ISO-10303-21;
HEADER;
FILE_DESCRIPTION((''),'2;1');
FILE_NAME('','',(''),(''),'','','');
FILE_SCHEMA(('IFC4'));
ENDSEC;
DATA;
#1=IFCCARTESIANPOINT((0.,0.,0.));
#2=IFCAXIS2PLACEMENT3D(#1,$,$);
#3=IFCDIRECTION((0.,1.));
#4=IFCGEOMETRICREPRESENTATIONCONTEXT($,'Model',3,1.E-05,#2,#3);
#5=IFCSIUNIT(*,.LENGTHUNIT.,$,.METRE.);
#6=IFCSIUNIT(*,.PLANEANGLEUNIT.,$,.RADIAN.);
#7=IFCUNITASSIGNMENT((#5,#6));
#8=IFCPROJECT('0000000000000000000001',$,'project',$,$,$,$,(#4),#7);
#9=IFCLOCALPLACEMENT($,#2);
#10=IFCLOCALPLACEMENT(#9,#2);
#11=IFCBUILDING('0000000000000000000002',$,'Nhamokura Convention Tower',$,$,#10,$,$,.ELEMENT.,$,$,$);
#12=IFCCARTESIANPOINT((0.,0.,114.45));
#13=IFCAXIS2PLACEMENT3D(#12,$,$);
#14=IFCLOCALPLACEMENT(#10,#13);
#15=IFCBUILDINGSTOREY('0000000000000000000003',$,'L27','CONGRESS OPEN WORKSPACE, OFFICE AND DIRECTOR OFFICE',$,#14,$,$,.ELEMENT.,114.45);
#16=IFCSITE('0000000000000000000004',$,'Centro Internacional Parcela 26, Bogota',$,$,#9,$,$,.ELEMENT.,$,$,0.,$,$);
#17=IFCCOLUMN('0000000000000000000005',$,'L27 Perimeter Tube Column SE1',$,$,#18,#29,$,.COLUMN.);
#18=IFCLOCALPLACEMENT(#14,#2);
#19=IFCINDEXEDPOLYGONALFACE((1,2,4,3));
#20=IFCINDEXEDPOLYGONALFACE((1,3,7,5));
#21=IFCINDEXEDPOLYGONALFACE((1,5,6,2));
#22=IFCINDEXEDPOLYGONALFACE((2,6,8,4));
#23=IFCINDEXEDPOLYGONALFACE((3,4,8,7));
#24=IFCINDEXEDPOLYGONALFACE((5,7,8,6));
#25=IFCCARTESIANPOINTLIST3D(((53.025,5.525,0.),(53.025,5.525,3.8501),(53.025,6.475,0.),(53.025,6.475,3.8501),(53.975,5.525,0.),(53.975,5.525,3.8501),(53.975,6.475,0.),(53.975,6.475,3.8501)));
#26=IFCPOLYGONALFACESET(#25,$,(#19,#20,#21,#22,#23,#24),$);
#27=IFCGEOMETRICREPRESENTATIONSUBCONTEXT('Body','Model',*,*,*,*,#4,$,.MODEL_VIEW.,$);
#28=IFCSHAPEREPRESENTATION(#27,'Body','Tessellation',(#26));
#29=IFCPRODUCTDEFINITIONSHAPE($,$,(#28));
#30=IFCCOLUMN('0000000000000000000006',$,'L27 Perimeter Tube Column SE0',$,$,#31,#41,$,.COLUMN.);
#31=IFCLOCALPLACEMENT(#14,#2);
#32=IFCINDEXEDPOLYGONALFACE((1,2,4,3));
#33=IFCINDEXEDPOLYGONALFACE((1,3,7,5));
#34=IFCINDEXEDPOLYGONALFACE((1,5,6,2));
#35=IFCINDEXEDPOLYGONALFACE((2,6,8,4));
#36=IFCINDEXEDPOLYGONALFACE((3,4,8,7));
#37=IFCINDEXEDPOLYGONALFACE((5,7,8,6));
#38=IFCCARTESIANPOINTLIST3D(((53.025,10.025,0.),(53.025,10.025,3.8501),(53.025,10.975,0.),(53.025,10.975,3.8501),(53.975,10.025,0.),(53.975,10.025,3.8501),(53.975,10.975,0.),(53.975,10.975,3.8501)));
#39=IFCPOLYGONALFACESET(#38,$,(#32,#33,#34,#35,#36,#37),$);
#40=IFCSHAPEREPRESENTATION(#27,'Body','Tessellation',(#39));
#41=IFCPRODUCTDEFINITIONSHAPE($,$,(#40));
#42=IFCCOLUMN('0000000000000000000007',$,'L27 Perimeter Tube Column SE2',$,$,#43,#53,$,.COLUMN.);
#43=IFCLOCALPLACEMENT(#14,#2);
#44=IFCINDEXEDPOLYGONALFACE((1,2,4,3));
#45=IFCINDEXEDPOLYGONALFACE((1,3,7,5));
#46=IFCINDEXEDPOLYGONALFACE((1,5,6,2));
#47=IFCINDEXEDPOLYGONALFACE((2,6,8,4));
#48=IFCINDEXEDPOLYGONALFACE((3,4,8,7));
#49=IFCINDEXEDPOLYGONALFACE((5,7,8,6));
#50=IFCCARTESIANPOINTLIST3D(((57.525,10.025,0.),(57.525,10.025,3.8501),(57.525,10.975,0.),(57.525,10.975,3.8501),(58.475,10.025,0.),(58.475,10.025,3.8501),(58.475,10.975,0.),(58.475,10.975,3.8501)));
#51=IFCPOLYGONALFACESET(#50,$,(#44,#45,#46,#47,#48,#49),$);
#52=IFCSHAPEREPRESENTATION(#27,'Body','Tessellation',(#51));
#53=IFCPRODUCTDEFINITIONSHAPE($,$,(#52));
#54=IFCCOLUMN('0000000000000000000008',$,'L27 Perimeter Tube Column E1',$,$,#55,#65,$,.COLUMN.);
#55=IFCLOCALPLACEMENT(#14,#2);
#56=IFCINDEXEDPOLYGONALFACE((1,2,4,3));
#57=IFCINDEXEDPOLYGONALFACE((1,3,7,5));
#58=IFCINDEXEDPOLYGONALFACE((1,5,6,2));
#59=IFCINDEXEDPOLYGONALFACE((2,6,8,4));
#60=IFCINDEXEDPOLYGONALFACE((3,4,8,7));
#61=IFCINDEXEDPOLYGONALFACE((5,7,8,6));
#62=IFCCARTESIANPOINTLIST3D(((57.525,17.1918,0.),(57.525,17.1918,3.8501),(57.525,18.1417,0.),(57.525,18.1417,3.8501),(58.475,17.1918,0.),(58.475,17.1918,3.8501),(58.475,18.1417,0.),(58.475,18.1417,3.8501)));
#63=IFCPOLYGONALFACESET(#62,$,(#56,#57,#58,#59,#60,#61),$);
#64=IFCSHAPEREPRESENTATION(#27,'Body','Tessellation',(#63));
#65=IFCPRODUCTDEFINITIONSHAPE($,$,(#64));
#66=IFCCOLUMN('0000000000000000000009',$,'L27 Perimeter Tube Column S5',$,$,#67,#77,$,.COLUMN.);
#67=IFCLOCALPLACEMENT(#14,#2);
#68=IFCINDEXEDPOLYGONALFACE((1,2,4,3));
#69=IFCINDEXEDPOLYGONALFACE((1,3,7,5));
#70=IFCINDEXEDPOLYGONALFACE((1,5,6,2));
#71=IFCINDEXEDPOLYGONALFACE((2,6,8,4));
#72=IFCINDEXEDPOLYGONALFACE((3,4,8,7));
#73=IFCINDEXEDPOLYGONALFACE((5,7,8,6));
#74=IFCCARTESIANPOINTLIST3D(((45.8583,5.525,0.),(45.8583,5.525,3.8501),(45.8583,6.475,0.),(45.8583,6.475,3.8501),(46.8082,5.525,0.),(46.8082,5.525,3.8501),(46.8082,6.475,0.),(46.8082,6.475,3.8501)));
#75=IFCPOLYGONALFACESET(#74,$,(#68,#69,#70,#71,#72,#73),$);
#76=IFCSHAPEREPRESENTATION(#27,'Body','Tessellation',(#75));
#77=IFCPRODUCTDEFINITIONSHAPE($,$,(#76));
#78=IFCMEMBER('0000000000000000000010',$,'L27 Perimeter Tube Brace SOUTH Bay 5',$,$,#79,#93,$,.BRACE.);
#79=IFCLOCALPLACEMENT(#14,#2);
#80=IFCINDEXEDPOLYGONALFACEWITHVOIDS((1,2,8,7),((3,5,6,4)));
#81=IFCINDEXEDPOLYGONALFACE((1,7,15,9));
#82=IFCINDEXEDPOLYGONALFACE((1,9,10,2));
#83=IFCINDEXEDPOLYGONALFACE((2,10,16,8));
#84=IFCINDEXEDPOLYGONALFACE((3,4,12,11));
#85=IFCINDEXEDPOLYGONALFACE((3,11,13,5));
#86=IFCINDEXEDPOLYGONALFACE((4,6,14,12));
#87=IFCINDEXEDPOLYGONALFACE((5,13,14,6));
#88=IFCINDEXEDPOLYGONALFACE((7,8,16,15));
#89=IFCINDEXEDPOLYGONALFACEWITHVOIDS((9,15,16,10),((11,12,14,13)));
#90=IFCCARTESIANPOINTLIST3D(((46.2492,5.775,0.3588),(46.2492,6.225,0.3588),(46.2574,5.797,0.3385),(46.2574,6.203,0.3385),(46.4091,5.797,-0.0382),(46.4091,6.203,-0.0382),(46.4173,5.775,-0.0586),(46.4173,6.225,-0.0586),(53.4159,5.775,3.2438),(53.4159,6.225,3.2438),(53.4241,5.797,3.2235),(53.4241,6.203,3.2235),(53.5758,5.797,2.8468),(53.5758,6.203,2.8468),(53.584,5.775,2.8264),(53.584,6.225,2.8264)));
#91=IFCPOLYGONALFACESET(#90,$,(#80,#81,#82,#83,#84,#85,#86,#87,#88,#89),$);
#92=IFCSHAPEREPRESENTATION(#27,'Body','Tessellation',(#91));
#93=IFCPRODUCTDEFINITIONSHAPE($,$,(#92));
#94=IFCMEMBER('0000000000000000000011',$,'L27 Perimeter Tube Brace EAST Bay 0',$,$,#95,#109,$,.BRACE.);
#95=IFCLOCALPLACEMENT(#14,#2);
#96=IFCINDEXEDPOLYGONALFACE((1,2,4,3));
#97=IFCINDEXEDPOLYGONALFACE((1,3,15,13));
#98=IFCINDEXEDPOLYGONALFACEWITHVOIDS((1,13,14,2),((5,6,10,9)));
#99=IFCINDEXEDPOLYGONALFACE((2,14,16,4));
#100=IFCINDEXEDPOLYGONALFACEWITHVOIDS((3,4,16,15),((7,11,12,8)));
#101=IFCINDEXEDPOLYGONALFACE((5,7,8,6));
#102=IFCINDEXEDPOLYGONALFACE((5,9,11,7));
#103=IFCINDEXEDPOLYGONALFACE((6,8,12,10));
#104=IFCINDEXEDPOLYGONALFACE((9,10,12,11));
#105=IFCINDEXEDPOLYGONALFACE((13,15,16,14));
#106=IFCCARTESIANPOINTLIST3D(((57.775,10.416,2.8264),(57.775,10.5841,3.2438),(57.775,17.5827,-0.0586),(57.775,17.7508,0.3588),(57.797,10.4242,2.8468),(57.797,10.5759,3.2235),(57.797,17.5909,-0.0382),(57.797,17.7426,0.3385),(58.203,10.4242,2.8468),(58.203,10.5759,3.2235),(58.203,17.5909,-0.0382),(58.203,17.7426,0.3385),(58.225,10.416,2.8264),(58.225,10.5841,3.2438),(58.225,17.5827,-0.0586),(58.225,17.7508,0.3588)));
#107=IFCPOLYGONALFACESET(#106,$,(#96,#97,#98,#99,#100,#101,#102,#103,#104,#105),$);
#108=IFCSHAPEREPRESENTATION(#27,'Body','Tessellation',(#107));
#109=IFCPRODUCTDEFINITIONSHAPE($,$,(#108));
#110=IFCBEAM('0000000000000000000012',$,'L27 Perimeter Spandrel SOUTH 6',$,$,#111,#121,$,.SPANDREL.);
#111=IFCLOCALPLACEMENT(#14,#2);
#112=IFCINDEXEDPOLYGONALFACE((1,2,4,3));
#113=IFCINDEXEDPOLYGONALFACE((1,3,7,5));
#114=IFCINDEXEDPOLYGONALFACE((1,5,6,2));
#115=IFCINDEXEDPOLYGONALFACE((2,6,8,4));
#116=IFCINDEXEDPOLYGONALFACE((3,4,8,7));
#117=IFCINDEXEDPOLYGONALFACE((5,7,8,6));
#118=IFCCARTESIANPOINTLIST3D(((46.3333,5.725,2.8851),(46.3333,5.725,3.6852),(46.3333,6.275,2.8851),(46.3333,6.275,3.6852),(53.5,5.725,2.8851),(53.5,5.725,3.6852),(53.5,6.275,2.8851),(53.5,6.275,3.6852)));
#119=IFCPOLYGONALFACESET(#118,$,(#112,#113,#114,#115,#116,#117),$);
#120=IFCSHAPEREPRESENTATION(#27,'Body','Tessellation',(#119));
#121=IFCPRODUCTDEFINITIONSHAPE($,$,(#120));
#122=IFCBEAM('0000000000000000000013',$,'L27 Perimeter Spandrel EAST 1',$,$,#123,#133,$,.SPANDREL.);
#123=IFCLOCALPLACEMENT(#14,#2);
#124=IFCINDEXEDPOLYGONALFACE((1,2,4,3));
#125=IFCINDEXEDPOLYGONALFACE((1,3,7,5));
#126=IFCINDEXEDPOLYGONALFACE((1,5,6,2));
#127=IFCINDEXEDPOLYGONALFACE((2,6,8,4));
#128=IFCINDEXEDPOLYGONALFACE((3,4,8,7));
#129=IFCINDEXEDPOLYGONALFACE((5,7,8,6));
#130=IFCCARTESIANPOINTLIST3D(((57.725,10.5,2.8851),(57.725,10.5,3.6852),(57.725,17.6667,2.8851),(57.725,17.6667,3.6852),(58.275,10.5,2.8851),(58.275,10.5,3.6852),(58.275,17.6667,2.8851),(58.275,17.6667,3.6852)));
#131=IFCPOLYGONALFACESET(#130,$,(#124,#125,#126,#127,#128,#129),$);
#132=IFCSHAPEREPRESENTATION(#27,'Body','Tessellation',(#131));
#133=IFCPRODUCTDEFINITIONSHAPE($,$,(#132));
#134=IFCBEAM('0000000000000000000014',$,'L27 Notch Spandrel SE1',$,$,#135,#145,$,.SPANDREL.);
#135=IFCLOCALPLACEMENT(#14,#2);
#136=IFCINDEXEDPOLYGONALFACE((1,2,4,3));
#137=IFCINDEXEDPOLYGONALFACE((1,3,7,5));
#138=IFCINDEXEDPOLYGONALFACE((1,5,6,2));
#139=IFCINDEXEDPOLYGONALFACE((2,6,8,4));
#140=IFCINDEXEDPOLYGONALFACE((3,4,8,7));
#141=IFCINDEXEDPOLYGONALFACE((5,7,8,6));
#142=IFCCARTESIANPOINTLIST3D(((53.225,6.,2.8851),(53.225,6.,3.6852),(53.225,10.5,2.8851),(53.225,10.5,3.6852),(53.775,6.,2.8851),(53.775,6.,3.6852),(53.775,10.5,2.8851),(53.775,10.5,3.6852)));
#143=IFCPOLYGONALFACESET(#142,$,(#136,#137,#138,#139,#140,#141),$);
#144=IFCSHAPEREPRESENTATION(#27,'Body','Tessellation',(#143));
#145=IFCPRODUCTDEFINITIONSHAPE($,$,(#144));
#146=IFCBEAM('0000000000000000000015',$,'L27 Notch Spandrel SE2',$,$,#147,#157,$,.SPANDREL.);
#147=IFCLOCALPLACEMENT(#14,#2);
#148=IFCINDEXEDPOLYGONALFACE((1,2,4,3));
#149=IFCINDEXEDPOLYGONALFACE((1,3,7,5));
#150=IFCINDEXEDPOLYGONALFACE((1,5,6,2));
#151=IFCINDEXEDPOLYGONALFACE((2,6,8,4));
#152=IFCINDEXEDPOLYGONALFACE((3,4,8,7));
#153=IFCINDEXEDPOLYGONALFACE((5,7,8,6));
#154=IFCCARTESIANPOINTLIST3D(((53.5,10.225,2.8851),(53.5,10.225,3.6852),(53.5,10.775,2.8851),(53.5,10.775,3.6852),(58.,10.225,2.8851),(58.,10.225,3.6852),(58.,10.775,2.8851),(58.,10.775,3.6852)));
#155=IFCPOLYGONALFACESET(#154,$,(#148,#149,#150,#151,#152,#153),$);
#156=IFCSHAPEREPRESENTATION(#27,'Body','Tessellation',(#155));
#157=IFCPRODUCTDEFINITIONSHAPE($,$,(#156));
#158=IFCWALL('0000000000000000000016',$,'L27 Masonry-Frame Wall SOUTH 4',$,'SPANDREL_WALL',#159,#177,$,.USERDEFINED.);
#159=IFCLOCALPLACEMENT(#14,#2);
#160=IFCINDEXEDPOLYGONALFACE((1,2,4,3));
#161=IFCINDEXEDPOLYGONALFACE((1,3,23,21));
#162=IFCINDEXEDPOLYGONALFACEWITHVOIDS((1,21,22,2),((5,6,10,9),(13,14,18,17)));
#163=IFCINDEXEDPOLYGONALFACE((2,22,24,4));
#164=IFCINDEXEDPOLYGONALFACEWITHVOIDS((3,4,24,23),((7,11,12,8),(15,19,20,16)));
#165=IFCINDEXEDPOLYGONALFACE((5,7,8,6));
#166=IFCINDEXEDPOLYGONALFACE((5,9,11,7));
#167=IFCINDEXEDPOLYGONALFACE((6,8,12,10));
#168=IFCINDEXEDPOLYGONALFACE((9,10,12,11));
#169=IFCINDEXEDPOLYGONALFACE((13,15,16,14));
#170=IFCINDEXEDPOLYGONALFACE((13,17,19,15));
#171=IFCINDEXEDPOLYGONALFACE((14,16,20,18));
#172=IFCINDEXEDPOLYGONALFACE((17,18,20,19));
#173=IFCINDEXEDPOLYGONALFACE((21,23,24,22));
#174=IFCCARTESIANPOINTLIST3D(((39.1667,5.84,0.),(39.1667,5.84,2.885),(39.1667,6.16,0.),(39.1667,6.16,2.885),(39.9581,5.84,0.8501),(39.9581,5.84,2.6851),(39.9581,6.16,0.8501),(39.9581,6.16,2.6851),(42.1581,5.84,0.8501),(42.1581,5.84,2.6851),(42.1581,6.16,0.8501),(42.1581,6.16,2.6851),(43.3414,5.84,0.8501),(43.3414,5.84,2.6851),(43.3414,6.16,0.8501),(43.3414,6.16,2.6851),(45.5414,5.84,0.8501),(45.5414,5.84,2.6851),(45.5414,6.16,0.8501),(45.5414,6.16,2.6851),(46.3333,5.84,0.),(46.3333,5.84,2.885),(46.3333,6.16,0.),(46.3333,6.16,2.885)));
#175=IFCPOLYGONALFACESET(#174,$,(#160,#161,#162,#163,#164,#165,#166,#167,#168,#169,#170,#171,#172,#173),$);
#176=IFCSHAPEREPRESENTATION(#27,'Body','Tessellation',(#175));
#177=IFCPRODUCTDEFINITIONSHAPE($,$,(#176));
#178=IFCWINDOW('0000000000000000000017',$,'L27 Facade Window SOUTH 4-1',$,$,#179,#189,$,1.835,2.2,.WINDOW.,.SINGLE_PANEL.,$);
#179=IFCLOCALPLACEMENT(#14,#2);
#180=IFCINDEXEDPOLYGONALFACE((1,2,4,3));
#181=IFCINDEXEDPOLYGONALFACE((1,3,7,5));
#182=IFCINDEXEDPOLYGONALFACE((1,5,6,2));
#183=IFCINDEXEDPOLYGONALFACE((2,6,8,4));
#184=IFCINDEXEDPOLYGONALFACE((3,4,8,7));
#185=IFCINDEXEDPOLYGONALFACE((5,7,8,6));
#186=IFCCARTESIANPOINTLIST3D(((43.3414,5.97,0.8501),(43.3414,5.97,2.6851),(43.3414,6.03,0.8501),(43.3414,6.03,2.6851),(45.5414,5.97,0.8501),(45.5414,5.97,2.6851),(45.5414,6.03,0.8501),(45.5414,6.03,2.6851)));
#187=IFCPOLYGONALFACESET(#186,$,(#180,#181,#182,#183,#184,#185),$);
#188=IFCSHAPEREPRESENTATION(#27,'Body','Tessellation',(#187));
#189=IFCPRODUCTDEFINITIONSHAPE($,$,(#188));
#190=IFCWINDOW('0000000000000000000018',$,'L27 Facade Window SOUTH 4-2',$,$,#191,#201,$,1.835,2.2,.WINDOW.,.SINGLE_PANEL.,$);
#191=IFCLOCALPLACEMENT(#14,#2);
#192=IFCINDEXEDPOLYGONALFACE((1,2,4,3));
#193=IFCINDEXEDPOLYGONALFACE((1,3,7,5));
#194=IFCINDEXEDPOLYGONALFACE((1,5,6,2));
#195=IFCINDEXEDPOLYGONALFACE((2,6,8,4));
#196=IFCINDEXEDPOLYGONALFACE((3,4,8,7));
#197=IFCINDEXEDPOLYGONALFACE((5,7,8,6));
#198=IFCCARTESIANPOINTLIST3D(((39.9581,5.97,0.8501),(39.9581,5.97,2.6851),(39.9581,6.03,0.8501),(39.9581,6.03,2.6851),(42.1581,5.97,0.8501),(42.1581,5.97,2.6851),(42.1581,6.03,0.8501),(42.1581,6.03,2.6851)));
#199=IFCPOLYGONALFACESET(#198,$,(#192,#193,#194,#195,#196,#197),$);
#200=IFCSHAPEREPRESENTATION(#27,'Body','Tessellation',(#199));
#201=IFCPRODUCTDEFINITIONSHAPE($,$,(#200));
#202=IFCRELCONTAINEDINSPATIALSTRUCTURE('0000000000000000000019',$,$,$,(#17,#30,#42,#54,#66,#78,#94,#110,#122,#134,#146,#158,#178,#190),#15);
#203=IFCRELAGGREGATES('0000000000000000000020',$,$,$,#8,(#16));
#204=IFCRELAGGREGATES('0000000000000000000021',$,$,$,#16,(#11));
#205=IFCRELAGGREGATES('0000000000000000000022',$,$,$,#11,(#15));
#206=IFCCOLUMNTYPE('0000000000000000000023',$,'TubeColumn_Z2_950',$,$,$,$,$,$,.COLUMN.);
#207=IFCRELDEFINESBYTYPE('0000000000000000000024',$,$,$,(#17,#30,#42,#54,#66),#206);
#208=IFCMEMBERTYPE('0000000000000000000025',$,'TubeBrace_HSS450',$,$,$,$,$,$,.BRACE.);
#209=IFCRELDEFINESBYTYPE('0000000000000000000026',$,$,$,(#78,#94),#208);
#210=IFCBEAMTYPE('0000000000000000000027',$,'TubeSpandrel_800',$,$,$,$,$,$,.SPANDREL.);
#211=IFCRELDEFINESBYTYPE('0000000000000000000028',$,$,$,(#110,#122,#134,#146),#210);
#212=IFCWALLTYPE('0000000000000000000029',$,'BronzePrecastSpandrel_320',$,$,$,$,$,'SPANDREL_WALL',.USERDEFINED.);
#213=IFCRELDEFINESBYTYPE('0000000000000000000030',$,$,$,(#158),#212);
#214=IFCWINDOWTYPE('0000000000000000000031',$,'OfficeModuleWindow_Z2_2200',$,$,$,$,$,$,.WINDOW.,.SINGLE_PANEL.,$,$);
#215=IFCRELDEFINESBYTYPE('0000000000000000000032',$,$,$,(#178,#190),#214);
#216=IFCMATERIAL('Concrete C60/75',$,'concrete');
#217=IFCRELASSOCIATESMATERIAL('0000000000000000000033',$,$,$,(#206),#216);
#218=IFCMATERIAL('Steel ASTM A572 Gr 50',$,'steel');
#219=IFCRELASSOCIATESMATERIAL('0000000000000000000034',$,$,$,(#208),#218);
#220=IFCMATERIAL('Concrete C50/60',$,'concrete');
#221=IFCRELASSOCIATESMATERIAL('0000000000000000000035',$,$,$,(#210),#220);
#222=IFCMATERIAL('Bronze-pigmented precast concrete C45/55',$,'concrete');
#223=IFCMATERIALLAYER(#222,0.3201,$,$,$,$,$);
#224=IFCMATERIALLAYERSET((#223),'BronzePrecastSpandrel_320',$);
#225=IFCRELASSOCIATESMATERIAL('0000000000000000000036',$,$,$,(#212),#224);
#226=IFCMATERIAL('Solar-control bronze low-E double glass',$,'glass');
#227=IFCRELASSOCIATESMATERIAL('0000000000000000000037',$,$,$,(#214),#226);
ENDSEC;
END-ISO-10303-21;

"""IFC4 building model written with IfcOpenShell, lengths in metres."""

from ifc_helpers import new_model, si_unit, direction, frame, frame_2d, origin, origin_2d, place, context, subcontext, project, spatial, rectangle, hollow_rectangle, extrude, material, layer, layer_set, material_profile, profile_set, type_object, element, fill, save


model = new_model("IFC4")

# Units and contexts
model_context = context("Model", 3, precision=1e-05, world=origin(), true_north=direction((0.0, 1.0)))
body_context = subcontext(model_context, "Body", "Model", "MODEL_VIEW")
ifc_project = project(units=[si_unit("LENGTHUNIT", "METRE"), si_unit("PLANEANGLEUNIT", "RADIAN")], contexts=[model_context])

# Site, building, storey
site_placement = place(None, origin())
site = spatial("IfcSite", under=ifc_project, at=site_placement, Name="Centro Internacional Parcela 26, Bogota", CompositionType="ELEMENT", RefElevation=0.0)
building_placement = place(site_placement, origin())
building = spatial("IfcBuilding", under=site, at=building_placement, Name="Nhamokura Convention Tower", CompositionType="ELEMENT")
storey_placement = place(building_placement, frame((0.0, 0.0, 114.45)))
storey = spatial("IfcBuildingStorey", under=building, at=storey_placement, Name="L27", Description="CONGRESS OPEN WORKSPACE, OFFICE AND DIRECTOR OFFICE", CompositionType="ELEMENT", Elevation=114.45)

# Columns
ifc_material_1 = material(Name="Concrete C60/75", Category="concrete")
ifc_material_profile_1 = material_profile(ifc_material_1, rectangle(XDim=0.95, YDim=0.95, at=origin_2d()))
ifc_profile_set_1 = profile_set([ifc_material_profile_1], Name="Concrete C60/75")
column_type = type_object("IfcColumnType", Name="TubeColumn_Z2_950", PredefinedType="COLUMN", material=ifc_profile_set_1)
for number, where, z_axis, x_axis, name in (
    (1, (53.5, 6.0, 0.0), (0.0, 0.0, 1.0), (1.0, 0.0, 0.0), "L27 Perimeter Tube Column SE1"),
    (2, (53.5, 10.5, 0.0), (0.0, 0.0, 1.0), (1.0, 0.0, 0.0), "L27 Perimeter Tube Column SE0"),
    (3, (58.0, 10.5, 0.0), (0.0, 0.0, 1.0), (1.0, 0.0, 0.0), "L27 Perimeter Tube Column SE2"),
    (4, (58.0, 17.6667, 0.0), (0.0, 0.0, 1.0), (1.0, 0.0, 0.0), "L27 Perimeter Tube Column E1"),
    (5, (46.3333, 6.0, 0.0), (0.0, 0.0, 1.0), (1.0, 0.0, 0.0), "L27 Perimeter Tube Column S5"),
):
    element("IfcColumn", number, at=place(storey_placement, frame(where, z_axis=z_axis, x_axis=x_axis)), inside=storey, type_object=column_type, Name=name, PredefinedType="COLUMN", context=body_context, shape_type="SweptSolid", body=[
        extrude(rectangle(XDim=0.95, YDim=0.95, at=origin_2d()), origin(), (0.0, 0.0, 1.0), 3.8501),
    ])

# Members
ifc_material_2 = material(Name="Steel ASTM A572 Gr 50", Category="steel")
ifc_material_profile_2 = material_profile(ifc_material_2, hollow_rectangle(XDim=0.45, YDim=0.45, WallThickness=0.022, at=origin_2d()))
ifc_profile_set_2 = profile_set([ifc_material_profile_2], Name="Steel ASTM A572 Gr 50")
member_type = type_object("IfcMemberType", Name="TubeBrace_HSS450", PredefinedType="BRACE", material=ifc_profile_set_2)
for number, where, z_axis, x_axis, name in (
    (6, (46.3333, 6.0, 0.1501), (0.927657, 0.0, 0.373433), (0.0, 1.0, 0.0), "L27 Perimeter Tube Brace SOUTH Bay 5"),
    (7, (58.0, 17.6667, 0.1501), (0.0, -0.927657, 0.373433), (1.0, 0.0, 0.0), "L27 Perimeter Tube Brace EAST Bay 0"),
):
    element("IfcMember", number, at=place(storey_placement, frame(where, z_axis=z_axis, x_axis=x_axis)), inside=storey, type_object=member_type, Name=name, PredefinedType="BRACE", context=body_context, shape_type="SweptSolid", body=[
        extrude(hollow_rectangle(XDim=0.45, YDim=0.45, WallThickness=0.022, at=origin_2d()), origin(), (0.0, 0.0, 1.0), 7.7256),
    ])

# Beams
ifc_material_3 = material(Name="Concrete C50/60", Category="concrete")
ifc_material_profile_3 = material_profile(ifc_material_3, rectangle(XDim=0.55, YDim=0.8, at=origin_2d()))
ifc_profile_set_3 = profile_set([ifc_material_profile_3], Name="Concrete C50/60")
beam_type = type_object("IfcBeamType", Name="TubeSpandrel_800", PredefinedType="SPANDREL", material=ifc_profile_set_3)
for number, where, z_axis, x_axis, name in (
    (8, (46.3333, 6.0, 3.2852), (1.0, 0.0, 0.0), (0.0, 1.0, 0.0), "L27 Perimeter Spandrel SOUTH 6"),
    (9, (58.0, 10.5, 3.2852), (0.0, 1.0, 0.0), (-1.0, 0.0, 0.0), "L27 Perimeter Spandrel EAST 1"),
):
    element("IfcBeam", number, at=place(storey_placement, frame(where, z_axis=z_axis, x_axis=x_axis)), inside=storey, type_object=beam_type, Name=name, PredefinedType="SPANDREL", context=body_context, shape_type="SweptSolid", body=[
        extrude(rectangle(XDim=0.55, YDim=0.8, at=origin_2d()), origin(), (0.0, 0.0, 1.0), 7.1667),
    ])
for number, where, z_axis, x_axis, name in (
    (10, (53.5, 6.0, 3.2852), (0.0, 1.0, 0.0), (-1.0, 0.0, 0.0), "L27 Notch Spandrel SE1"),
    (11, (53.5, 10.5, 3.2852), (1.0, 0.0, 0.0), (0.0, 1.0, 0.0), "L27 Notch Spandrel SE2"),
):
    element("IfcBeam", number, at=place(storey_placement, frame(where, z_axis=z_axis, x_axis=x_axis)), inside=storey, type_object=beam_type, Name=name, PredefinedType="SPANDREL", context=body_context, shape_type="SweptSolid", body=[
        extrude(rectangle(XDim=0.55, YDim=0.8, at=origin_2d()), origin(), (0.0, 0.0, 1.0), 4.5),
    ])

# Wall, openings, windows
ifc_material_4 = material(Name="Bronze-pigmented precast concrete C45/55", Category="concrete")
ifc_layer = layer(ifc_material_4, 0.3201)
ifc_layer_set = layer_set([ifc_layer], Name="BronzePrecastSpandrel_320")
wall_type = type_object("IfcWallType", Name="BronzePrecastSpandrel_320", ElementType="SPANDREL_WALL", PredefinedType="USERDEFINED", material=ifc_layer_set)
wall_1_placement = place(storey_placement, frame((46.3333, 6.0, 0.0), z_axis=(0.0, 0.0, 1.0), x_axis=(-1.0, 0.0, 0.0)))
wall_1 = element("IfcWall", 12, at=wall_1_placement, inside=storey, type_object=wall_type, Name="L27 Masonry-Frame Wall SOUTH 4", ObjectType="SPANDREL_WALL", PredefinedType="USERDEFINED", context=body_context, shape_type="SweptSolid", body=[
    extrude(rectangle(XDim=7.1665, YDim=0.3201, at=frame_2d((3.5833, 0.0))), origin(), (0.0, 0.0, 1.0), 2.885),
])
opening_1_placement = place(wall_1_placement, frame((0.7917, 0.0, 0.8501)))
opening_1 = element("IfcOpeningElement", 13, at=opening_1_placement, cuts=wall_1, PredefinedType="OPENING", context=body_context, shape_type="SweptSolid", body=[
    extrude(rectangle(XDim=2.2, YDim=1.835, at=frame_2d((1.1001, 0.9175))), frame((0.0, 0.1699, 0.0), z_axis=(0.0, -1.0, 0.0), x_axis=(1.0, 0.0, 0.0)), (0.0, 0.0, 1.0), 0.3401),
])
opening_2_placement = place(wall_1_placement, frame((4.175, 0.0, 0.8501)))
opening_2 = element("IfcOpeningElement", 14, at=opening_2_placement, cuts=wall_1, PredefinedType="OPENING", context=body_context, shape_type="SweptSolid", body=[
    extrude(rectangle(XDim=2.2, YDim=1.835, at=frame_2d((1.1001, 0.9175))), frame((0.0, 0.1699, 0.0), z_axis=(0.0, -1.0, 0.0), x_axis=(1.0, 0.0, 0.0)), (0.0, 0.0, 1.0), 0.3401),
])
ifc_material_5 = material(Name="Solar-control bronze low-E double glass", Category="glass")
window_type = type_object("IfcWindowType", Name="OfficeModuleWindow_Z2_2200", PartitioningType="SINGLE_PANEL", PredefinedType="WINDOW", material=ifc_material_5)
window_1_placement = place(opening_1_placement, origin())
window_1 = element("IfcWindow", 15, at=window_1_placement, inside=storey, type_object=window_type, Name="L27 Facade Window SOUTH 4-1", OverallHeight=1.835, OverallWidth=2.2, PartitioningType="SINGLE_PANEL", PredefinedType="WINDOW", context=body_context, shape_type="SweptSolid", body=[
    extrude(rectangle(XDim=2.2, YDim=1.835, at=frame_2d((1.1001, 0.9175))), frame((0.0, 0.03, 0.0), z_axis=(0.0, -1.0, 0.0), x_axis=(1.0, 0.0, 0.0)), (0.0, 0.0, 1.0), 0.0601),
])
fill(opening_1, window_1)
window_2_placement = place(opening_2_placement, origin())
window_2 = element("IfcWindow", 16, at=window_2_placement, inside=storey, type_object=window_type, Name="L27 Facade Window SOUTH 4-2", OverallHeight=1.835, OverallWidth=2.2, PartitioningType="SINGLE_PANEL", PredefinedType="WINDOW", context=body_context, shape_type="SweptSolid", body=[
    extrude(rectangle(XDim=2.2, YDim=1.835, at=frame_2d((1.1001, 0.9175))), frame((0.0, 0.03, 0.0), z_axis=(0.0, -1.0, 0.0), x_axis=(1.0, 0.0, 0.0)), (0.0, 0.0, 1.0), 0.0601),
])
fill(opening_2, window_2)

save(model, "model.ifc")
